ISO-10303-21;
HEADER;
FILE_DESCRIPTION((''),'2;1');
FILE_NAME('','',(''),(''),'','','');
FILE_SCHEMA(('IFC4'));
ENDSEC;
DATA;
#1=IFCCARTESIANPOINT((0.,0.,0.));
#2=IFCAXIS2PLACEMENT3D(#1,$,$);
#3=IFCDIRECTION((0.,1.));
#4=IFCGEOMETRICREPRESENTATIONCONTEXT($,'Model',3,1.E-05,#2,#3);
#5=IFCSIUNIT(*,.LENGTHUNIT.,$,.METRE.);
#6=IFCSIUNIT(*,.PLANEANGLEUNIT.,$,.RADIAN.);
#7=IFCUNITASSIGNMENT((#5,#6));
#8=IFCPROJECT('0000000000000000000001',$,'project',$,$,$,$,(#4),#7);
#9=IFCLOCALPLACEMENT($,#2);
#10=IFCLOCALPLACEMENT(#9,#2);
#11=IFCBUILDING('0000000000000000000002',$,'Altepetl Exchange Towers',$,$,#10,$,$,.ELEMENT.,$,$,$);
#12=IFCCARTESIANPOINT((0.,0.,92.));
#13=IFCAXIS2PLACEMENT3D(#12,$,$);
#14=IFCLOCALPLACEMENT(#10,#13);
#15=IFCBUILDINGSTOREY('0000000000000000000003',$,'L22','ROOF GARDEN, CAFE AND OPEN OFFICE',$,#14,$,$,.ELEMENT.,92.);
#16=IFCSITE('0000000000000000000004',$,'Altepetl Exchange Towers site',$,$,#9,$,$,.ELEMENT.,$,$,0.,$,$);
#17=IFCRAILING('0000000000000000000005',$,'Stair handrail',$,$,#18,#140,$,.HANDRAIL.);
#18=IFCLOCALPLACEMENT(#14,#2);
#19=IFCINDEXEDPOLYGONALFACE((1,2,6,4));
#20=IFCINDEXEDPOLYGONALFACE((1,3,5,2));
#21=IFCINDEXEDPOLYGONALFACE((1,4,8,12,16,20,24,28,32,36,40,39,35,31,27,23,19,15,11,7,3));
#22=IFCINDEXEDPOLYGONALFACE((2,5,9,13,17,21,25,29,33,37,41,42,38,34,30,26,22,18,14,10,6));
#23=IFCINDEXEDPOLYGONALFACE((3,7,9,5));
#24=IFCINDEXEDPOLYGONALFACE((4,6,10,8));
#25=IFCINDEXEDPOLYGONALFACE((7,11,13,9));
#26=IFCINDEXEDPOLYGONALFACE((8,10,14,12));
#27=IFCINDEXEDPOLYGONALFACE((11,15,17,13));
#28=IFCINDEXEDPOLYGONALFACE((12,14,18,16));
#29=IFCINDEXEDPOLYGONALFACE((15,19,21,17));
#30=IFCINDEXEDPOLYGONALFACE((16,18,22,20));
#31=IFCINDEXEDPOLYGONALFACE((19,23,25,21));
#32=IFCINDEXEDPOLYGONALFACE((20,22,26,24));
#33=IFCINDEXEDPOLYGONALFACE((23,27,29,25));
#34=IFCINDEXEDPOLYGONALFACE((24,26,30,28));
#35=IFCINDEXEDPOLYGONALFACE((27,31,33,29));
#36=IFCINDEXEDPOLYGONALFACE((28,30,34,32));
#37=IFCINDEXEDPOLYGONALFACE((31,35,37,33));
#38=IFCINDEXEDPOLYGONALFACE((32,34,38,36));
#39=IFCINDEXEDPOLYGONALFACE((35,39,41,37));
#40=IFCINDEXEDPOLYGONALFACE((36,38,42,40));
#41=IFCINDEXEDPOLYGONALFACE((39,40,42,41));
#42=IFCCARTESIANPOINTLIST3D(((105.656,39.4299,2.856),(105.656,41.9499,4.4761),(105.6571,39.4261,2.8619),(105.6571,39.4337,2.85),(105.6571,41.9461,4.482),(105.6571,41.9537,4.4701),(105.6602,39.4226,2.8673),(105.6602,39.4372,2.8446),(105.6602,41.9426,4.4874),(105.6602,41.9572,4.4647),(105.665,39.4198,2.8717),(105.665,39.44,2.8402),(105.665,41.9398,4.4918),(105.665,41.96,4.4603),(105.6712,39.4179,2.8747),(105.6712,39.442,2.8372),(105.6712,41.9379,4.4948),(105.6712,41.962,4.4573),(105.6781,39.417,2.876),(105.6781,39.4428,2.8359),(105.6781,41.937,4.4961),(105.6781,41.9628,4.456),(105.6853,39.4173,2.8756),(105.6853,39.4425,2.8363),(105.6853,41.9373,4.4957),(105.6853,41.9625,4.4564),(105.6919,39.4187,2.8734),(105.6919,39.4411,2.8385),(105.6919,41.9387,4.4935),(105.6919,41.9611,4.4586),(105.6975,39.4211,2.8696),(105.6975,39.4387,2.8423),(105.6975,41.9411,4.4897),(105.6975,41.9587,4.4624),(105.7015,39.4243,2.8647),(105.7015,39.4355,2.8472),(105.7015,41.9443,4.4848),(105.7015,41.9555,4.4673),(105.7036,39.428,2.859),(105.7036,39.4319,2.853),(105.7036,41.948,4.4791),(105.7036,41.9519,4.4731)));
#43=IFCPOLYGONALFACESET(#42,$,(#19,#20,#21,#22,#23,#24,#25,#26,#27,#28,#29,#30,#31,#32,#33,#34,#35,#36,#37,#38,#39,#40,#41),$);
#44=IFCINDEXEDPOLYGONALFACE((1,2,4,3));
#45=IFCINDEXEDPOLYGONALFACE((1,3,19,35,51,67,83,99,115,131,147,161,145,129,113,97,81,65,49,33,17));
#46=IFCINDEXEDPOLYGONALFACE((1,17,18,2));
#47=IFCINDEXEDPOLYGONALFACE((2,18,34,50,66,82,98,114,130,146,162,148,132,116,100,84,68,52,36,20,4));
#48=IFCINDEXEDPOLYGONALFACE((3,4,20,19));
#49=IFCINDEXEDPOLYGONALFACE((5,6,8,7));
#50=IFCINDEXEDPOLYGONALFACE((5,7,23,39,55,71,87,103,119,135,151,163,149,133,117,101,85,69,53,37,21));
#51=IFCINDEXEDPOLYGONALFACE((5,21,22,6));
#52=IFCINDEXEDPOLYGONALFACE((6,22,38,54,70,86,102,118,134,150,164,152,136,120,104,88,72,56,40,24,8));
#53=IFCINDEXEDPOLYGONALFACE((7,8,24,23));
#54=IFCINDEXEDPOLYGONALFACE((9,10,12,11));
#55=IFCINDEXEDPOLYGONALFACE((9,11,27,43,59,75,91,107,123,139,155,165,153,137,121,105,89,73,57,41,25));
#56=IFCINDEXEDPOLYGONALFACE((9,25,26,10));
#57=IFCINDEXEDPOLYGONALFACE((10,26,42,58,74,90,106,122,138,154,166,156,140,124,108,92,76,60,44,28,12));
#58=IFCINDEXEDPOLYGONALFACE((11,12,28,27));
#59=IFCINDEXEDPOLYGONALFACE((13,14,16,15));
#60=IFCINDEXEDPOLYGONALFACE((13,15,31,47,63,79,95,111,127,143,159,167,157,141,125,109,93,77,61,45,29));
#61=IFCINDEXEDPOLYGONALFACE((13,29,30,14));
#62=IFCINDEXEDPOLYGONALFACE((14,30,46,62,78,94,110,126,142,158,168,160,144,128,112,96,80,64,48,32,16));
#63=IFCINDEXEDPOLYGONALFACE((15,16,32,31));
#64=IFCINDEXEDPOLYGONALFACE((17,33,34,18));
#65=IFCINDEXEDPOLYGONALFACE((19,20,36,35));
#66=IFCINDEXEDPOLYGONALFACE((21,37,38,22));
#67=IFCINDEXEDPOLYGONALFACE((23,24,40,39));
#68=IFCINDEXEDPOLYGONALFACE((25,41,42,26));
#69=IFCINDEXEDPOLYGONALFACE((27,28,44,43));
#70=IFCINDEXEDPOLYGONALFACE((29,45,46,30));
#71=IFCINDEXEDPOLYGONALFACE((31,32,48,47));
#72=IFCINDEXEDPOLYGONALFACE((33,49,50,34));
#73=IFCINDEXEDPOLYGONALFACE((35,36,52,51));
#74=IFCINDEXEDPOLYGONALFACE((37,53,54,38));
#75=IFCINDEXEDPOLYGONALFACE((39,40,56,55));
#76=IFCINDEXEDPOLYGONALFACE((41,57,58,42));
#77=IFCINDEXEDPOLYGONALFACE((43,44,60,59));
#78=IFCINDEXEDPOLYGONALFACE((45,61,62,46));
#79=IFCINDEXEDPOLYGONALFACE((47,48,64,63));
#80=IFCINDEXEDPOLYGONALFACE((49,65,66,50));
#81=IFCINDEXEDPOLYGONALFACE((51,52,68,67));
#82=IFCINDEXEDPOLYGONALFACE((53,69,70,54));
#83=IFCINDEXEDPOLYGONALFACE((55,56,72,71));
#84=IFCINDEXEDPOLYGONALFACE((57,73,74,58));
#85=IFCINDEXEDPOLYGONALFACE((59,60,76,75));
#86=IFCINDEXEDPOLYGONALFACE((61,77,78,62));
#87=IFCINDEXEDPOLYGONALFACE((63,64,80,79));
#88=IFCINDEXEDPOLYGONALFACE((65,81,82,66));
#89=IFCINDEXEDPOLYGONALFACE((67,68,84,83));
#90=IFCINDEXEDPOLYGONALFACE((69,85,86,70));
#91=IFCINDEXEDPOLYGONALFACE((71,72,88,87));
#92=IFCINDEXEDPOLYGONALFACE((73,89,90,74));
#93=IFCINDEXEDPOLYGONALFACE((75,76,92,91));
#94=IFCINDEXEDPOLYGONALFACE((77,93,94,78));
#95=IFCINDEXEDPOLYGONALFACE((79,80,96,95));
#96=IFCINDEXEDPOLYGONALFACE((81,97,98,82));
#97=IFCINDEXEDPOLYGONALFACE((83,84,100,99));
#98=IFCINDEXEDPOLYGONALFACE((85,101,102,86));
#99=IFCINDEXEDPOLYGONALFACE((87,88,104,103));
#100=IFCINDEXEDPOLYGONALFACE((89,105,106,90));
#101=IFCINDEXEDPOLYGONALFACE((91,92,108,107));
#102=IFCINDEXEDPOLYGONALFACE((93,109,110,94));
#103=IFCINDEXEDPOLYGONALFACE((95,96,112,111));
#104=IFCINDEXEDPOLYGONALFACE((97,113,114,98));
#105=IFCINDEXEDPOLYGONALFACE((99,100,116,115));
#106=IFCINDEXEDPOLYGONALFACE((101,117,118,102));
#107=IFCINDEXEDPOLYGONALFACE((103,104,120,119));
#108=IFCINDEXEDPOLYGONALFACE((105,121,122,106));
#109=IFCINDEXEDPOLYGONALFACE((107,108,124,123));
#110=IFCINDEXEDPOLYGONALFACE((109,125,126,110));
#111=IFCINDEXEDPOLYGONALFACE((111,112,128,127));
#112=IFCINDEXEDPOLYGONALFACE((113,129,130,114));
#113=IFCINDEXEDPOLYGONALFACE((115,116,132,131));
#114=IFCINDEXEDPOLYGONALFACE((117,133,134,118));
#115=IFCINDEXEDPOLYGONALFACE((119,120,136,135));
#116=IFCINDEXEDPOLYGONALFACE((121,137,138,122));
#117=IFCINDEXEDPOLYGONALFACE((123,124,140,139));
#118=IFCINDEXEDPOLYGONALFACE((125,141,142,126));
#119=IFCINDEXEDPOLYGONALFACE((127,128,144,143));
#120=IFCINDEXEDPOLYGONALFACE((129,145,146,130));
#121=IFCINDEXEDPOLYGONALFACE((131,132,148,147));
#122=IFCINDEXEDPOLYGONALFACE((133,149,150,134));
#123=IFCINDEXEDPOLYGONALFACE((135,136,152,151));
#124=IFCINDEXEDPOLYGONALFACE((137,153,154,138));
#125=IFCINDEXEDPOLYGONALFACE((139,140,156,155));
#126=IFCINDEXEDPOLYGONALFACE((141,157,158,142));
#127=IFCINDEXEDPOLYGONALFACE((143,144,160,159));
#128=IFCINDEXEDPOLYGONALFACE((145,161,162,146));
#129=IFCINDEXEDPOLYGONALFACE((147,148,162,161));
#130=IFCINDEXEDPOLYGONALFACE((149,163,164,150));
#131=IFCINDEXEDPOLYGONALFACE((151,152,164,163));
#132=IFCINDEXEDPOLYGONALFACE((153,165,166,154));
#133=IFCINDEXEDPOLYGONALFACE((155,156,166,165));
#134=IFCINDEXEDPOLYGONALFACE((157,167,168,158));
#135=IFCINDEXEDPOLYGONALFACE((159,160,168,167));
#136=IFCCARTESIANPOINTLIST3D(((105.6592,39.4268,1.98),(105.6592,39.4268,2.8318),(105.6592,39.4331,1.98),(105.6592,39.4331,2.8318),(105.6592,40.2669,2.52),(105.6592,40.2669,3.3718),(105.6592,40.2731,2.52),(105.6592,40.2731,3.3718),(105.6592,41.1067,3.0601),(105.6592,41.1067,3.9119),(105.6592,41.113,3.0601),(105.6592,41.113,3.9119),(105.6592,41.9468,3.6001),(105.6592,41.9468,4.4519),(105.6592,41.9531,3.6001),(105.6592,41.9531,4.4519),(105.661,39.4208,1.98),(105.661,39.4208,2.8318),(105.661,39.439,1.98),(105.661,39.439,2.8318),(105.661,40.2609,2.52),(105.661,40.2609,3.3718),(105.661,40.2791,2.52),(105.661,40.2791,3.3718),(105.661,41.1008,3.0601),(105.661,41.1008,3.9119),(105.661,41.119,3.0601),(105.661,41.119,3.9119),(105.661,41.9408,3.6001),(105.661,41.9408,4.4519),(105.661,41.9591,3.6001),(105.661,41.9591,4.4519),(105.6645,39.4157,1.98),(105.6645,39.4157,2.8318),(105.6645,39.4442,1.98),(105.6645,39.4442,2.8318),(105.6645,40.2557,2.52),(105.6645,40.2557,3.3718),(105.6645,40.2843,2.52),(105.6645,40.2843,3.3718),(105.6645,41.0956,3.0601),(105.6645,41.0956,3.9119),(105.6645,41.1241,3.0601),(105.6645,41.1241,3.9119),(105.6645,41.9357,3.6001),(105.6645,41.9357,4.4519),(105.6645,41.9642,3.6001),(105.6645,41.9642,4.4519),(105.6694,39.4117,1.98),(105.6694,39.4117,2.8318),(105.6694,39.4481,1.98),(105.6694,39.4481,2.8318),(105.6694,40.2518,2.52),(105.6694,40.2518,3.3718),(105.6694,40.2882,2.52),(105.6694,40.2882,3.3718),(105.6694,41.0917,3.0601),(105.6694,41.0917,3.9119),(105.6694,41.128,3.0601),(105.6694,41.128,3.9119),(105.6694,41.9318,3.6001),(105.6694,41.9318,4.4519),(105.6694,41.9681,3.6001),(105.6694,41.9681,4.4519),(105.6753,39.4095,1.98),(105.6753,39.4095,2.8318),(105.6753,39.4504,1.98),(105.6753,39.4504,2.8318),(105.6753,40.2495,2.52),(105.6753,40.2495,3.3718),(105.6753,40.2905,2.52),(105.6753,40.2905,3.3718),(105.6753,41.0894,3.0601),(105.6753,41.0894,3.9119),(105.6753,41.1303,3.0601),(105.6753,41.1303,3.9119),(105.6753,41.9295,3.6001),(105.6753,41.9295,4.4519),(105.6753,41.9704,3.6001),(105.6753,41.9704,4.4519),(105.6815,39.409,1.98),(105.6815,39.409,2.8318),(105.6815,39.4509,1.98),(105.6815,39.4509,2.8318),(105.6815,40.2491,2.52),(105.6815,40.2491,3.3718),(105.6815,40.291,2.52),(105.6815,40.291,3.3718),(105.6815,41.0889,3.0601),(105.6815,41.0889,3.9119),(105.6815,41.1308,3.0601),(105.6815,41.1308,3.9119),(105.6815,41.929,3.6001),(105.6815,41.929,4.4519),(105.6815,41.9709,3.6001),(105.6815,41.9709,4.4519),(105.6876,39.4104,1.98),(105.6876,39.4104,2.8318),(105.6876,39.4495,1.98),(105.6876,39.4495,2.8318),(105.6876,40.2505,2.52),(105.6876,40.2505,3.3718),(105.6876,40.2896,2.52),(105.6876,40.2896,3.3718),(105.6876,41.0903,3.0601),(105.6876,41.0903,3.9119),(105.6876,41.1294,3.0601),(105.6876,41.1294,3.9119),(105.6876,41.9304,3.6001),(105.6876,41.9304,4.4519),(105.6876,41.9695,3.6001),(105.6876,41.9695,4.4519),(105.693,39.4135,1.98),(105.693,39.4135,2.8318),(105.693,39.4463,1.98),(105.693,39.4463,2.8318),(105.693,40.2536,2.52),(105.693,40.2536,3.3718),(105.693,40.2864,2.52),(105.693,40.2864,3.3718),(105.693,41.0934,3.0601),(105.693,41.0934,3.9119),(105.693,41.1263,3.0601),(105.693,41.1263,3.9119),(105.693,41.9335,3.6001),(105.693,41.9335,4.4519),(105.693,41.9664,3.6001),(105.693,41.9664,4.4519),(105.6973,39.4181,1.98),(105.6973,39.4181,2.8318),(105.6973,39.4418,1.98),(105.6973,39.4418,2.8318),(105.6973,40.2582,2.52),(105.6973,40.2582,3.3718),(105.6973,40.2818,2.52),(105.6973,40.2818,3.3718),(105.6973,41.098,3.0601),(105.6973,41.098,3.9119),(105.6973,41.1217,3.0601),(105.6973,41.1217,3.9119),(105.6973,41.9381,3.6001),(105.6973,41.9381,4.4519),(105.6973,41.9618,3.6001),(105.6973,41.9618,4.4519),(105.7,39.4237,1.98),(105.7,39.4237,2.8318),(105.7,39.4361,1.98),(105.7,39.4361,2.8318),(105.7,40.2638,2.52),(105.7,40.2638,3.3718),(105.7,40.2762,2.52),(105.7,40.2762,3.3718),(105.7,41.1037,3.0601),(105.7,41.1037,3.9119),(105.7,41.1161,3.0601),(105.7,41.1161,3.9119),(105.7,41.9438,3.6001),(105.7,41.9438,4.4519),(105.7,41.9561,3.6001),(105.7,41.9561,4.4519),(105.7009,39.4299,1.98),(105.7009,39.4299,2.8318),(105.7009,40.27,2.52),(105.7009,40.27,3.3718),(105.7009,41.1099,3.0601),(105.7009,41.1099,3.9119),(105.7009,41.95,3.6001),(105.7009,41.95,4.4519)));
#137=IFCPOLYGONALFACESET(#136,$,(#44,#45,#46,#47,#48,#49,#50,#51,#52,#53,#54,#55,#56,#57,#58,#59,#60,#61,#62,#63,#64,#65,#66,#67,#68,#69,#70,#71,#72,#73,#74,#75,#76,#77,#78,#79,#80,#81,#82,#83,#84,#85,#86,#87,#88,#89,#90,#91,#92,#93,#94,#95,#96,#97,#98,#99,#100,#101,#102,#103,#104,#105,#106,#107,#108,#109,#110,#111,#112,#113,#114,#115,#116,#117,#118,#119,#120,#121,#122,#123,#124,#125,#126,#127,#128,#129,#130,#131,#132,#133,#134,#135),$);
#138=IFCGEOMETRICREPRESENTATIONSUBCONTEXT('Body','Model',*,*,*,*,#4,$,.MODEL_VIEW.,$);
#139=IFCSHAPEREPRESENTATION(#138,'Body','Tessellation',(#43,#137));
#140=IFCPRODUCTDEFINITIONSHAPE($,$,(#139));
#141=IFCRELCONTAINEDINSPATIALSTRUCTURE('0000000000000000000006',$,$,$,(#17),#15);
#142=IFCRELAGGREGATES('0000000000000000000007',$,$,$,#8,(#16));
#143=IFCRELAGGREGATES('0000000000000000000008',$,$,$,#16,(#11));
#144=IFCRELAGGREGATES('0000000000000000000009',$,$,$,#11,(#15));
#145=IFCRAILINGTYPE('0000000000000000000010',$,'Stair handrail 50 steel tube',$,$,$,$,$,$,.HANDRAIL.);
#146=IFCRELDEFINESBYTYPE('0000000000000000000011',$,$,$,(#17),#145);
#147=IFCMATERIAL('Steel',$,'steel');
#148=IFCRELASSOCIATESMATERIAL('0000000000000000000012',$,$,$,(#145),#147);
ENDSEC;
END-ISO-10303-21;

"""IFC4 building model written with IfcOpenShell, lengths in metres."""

from ifc_helpers import new_model, si_unit, direction, frame, origin, origin_2d, place, context, subcontext, project, spatial, circle, extrude, source, transform, mapped, material, type_object, element, save


model = new_model("IFC4")

# Units and contexts
model_context = context("Model", 3, precision=1e-05, world=origin(), true_north=direction((0.0, 1.0)))
body_context = subcontext(model_context, "Body", "Model", "MODEL_VIEW")
ifc_project = project(units=[si_unit("LENGTHUNIT", "METRE"), si_unit("PLANEANGLEUNIT", "RADIAN")], contexts=[model_context])

# Site, building, storey
site_placement = place(None, origin())
site = spatial("IfcSite", under=ifc_project, at=site_placement, Name="Altepetl Exchange Towers site", CompositionType="ELEMENT", RefElevation=0.0)
building_placement = place(site_placement, origin())
building = spatial("IfcBuilding", under=site, at=building_placement, Name="Altepetl Exchange Towers", CompositionType="ELEMENT")
storey_placement = place(building_placement, frame((0.0, 0.0, 92.0)))
storey = spatial("IfcBuildingStorey", under=building, at=storey_placement, Name="L22", Description="ROOF GARDEN, CAFE AND OPEN OFFICE", CompositionType="ELEMENT", Elevation=92.0)

# Railing
ifc_material_1 = material(Name="Steel", Category="steel")
railing_type = type_object("IfcRailingType", Name="Stair handrail 50 steel tube", PredefinedType="HANDRAIL", material=ifc_material_1)
shared_shape = source(origin(), body_context, "Body", "SweptSolid", [
    extrude(circle(Radius=0.021, at=origin_2d()), origin(), (0.0, 0.0, 1.0), 0.8518),
])
railing_placement = place(storey_placement, frame((105.6799, 39.4299, 1.98)))
element("IfcRailing", 1, at=railing_placement, inside=storey, type_object=railing_type, Name="Stair handrail", PredefinedType="HANDRAIL", context=body_context, shape_type="SweptSolid", body=[
    extrude(circle(Radius=0.0239, at=origin_2d()), frame((0.0, 0.0, 0.876), z_axis=(0.0, 0.841163, 0.540782), x_axis=(-1.0, 0.0, 0.0)), (0.0, 0.0, 1.0), 2.9958),
    mapped(shared_shape, transform((0.0, 0.0, 0.0))),
    mapped(shared_shape, transform((0.0, 0.8401, 0.54))),
    mapped(shared_shape, transform((0.0, 1.6799, 1.0801))),
    mapped(shared_shape, transform((0.0, 2.52, 1.6201))),
])

save(model, "model.ifc")
